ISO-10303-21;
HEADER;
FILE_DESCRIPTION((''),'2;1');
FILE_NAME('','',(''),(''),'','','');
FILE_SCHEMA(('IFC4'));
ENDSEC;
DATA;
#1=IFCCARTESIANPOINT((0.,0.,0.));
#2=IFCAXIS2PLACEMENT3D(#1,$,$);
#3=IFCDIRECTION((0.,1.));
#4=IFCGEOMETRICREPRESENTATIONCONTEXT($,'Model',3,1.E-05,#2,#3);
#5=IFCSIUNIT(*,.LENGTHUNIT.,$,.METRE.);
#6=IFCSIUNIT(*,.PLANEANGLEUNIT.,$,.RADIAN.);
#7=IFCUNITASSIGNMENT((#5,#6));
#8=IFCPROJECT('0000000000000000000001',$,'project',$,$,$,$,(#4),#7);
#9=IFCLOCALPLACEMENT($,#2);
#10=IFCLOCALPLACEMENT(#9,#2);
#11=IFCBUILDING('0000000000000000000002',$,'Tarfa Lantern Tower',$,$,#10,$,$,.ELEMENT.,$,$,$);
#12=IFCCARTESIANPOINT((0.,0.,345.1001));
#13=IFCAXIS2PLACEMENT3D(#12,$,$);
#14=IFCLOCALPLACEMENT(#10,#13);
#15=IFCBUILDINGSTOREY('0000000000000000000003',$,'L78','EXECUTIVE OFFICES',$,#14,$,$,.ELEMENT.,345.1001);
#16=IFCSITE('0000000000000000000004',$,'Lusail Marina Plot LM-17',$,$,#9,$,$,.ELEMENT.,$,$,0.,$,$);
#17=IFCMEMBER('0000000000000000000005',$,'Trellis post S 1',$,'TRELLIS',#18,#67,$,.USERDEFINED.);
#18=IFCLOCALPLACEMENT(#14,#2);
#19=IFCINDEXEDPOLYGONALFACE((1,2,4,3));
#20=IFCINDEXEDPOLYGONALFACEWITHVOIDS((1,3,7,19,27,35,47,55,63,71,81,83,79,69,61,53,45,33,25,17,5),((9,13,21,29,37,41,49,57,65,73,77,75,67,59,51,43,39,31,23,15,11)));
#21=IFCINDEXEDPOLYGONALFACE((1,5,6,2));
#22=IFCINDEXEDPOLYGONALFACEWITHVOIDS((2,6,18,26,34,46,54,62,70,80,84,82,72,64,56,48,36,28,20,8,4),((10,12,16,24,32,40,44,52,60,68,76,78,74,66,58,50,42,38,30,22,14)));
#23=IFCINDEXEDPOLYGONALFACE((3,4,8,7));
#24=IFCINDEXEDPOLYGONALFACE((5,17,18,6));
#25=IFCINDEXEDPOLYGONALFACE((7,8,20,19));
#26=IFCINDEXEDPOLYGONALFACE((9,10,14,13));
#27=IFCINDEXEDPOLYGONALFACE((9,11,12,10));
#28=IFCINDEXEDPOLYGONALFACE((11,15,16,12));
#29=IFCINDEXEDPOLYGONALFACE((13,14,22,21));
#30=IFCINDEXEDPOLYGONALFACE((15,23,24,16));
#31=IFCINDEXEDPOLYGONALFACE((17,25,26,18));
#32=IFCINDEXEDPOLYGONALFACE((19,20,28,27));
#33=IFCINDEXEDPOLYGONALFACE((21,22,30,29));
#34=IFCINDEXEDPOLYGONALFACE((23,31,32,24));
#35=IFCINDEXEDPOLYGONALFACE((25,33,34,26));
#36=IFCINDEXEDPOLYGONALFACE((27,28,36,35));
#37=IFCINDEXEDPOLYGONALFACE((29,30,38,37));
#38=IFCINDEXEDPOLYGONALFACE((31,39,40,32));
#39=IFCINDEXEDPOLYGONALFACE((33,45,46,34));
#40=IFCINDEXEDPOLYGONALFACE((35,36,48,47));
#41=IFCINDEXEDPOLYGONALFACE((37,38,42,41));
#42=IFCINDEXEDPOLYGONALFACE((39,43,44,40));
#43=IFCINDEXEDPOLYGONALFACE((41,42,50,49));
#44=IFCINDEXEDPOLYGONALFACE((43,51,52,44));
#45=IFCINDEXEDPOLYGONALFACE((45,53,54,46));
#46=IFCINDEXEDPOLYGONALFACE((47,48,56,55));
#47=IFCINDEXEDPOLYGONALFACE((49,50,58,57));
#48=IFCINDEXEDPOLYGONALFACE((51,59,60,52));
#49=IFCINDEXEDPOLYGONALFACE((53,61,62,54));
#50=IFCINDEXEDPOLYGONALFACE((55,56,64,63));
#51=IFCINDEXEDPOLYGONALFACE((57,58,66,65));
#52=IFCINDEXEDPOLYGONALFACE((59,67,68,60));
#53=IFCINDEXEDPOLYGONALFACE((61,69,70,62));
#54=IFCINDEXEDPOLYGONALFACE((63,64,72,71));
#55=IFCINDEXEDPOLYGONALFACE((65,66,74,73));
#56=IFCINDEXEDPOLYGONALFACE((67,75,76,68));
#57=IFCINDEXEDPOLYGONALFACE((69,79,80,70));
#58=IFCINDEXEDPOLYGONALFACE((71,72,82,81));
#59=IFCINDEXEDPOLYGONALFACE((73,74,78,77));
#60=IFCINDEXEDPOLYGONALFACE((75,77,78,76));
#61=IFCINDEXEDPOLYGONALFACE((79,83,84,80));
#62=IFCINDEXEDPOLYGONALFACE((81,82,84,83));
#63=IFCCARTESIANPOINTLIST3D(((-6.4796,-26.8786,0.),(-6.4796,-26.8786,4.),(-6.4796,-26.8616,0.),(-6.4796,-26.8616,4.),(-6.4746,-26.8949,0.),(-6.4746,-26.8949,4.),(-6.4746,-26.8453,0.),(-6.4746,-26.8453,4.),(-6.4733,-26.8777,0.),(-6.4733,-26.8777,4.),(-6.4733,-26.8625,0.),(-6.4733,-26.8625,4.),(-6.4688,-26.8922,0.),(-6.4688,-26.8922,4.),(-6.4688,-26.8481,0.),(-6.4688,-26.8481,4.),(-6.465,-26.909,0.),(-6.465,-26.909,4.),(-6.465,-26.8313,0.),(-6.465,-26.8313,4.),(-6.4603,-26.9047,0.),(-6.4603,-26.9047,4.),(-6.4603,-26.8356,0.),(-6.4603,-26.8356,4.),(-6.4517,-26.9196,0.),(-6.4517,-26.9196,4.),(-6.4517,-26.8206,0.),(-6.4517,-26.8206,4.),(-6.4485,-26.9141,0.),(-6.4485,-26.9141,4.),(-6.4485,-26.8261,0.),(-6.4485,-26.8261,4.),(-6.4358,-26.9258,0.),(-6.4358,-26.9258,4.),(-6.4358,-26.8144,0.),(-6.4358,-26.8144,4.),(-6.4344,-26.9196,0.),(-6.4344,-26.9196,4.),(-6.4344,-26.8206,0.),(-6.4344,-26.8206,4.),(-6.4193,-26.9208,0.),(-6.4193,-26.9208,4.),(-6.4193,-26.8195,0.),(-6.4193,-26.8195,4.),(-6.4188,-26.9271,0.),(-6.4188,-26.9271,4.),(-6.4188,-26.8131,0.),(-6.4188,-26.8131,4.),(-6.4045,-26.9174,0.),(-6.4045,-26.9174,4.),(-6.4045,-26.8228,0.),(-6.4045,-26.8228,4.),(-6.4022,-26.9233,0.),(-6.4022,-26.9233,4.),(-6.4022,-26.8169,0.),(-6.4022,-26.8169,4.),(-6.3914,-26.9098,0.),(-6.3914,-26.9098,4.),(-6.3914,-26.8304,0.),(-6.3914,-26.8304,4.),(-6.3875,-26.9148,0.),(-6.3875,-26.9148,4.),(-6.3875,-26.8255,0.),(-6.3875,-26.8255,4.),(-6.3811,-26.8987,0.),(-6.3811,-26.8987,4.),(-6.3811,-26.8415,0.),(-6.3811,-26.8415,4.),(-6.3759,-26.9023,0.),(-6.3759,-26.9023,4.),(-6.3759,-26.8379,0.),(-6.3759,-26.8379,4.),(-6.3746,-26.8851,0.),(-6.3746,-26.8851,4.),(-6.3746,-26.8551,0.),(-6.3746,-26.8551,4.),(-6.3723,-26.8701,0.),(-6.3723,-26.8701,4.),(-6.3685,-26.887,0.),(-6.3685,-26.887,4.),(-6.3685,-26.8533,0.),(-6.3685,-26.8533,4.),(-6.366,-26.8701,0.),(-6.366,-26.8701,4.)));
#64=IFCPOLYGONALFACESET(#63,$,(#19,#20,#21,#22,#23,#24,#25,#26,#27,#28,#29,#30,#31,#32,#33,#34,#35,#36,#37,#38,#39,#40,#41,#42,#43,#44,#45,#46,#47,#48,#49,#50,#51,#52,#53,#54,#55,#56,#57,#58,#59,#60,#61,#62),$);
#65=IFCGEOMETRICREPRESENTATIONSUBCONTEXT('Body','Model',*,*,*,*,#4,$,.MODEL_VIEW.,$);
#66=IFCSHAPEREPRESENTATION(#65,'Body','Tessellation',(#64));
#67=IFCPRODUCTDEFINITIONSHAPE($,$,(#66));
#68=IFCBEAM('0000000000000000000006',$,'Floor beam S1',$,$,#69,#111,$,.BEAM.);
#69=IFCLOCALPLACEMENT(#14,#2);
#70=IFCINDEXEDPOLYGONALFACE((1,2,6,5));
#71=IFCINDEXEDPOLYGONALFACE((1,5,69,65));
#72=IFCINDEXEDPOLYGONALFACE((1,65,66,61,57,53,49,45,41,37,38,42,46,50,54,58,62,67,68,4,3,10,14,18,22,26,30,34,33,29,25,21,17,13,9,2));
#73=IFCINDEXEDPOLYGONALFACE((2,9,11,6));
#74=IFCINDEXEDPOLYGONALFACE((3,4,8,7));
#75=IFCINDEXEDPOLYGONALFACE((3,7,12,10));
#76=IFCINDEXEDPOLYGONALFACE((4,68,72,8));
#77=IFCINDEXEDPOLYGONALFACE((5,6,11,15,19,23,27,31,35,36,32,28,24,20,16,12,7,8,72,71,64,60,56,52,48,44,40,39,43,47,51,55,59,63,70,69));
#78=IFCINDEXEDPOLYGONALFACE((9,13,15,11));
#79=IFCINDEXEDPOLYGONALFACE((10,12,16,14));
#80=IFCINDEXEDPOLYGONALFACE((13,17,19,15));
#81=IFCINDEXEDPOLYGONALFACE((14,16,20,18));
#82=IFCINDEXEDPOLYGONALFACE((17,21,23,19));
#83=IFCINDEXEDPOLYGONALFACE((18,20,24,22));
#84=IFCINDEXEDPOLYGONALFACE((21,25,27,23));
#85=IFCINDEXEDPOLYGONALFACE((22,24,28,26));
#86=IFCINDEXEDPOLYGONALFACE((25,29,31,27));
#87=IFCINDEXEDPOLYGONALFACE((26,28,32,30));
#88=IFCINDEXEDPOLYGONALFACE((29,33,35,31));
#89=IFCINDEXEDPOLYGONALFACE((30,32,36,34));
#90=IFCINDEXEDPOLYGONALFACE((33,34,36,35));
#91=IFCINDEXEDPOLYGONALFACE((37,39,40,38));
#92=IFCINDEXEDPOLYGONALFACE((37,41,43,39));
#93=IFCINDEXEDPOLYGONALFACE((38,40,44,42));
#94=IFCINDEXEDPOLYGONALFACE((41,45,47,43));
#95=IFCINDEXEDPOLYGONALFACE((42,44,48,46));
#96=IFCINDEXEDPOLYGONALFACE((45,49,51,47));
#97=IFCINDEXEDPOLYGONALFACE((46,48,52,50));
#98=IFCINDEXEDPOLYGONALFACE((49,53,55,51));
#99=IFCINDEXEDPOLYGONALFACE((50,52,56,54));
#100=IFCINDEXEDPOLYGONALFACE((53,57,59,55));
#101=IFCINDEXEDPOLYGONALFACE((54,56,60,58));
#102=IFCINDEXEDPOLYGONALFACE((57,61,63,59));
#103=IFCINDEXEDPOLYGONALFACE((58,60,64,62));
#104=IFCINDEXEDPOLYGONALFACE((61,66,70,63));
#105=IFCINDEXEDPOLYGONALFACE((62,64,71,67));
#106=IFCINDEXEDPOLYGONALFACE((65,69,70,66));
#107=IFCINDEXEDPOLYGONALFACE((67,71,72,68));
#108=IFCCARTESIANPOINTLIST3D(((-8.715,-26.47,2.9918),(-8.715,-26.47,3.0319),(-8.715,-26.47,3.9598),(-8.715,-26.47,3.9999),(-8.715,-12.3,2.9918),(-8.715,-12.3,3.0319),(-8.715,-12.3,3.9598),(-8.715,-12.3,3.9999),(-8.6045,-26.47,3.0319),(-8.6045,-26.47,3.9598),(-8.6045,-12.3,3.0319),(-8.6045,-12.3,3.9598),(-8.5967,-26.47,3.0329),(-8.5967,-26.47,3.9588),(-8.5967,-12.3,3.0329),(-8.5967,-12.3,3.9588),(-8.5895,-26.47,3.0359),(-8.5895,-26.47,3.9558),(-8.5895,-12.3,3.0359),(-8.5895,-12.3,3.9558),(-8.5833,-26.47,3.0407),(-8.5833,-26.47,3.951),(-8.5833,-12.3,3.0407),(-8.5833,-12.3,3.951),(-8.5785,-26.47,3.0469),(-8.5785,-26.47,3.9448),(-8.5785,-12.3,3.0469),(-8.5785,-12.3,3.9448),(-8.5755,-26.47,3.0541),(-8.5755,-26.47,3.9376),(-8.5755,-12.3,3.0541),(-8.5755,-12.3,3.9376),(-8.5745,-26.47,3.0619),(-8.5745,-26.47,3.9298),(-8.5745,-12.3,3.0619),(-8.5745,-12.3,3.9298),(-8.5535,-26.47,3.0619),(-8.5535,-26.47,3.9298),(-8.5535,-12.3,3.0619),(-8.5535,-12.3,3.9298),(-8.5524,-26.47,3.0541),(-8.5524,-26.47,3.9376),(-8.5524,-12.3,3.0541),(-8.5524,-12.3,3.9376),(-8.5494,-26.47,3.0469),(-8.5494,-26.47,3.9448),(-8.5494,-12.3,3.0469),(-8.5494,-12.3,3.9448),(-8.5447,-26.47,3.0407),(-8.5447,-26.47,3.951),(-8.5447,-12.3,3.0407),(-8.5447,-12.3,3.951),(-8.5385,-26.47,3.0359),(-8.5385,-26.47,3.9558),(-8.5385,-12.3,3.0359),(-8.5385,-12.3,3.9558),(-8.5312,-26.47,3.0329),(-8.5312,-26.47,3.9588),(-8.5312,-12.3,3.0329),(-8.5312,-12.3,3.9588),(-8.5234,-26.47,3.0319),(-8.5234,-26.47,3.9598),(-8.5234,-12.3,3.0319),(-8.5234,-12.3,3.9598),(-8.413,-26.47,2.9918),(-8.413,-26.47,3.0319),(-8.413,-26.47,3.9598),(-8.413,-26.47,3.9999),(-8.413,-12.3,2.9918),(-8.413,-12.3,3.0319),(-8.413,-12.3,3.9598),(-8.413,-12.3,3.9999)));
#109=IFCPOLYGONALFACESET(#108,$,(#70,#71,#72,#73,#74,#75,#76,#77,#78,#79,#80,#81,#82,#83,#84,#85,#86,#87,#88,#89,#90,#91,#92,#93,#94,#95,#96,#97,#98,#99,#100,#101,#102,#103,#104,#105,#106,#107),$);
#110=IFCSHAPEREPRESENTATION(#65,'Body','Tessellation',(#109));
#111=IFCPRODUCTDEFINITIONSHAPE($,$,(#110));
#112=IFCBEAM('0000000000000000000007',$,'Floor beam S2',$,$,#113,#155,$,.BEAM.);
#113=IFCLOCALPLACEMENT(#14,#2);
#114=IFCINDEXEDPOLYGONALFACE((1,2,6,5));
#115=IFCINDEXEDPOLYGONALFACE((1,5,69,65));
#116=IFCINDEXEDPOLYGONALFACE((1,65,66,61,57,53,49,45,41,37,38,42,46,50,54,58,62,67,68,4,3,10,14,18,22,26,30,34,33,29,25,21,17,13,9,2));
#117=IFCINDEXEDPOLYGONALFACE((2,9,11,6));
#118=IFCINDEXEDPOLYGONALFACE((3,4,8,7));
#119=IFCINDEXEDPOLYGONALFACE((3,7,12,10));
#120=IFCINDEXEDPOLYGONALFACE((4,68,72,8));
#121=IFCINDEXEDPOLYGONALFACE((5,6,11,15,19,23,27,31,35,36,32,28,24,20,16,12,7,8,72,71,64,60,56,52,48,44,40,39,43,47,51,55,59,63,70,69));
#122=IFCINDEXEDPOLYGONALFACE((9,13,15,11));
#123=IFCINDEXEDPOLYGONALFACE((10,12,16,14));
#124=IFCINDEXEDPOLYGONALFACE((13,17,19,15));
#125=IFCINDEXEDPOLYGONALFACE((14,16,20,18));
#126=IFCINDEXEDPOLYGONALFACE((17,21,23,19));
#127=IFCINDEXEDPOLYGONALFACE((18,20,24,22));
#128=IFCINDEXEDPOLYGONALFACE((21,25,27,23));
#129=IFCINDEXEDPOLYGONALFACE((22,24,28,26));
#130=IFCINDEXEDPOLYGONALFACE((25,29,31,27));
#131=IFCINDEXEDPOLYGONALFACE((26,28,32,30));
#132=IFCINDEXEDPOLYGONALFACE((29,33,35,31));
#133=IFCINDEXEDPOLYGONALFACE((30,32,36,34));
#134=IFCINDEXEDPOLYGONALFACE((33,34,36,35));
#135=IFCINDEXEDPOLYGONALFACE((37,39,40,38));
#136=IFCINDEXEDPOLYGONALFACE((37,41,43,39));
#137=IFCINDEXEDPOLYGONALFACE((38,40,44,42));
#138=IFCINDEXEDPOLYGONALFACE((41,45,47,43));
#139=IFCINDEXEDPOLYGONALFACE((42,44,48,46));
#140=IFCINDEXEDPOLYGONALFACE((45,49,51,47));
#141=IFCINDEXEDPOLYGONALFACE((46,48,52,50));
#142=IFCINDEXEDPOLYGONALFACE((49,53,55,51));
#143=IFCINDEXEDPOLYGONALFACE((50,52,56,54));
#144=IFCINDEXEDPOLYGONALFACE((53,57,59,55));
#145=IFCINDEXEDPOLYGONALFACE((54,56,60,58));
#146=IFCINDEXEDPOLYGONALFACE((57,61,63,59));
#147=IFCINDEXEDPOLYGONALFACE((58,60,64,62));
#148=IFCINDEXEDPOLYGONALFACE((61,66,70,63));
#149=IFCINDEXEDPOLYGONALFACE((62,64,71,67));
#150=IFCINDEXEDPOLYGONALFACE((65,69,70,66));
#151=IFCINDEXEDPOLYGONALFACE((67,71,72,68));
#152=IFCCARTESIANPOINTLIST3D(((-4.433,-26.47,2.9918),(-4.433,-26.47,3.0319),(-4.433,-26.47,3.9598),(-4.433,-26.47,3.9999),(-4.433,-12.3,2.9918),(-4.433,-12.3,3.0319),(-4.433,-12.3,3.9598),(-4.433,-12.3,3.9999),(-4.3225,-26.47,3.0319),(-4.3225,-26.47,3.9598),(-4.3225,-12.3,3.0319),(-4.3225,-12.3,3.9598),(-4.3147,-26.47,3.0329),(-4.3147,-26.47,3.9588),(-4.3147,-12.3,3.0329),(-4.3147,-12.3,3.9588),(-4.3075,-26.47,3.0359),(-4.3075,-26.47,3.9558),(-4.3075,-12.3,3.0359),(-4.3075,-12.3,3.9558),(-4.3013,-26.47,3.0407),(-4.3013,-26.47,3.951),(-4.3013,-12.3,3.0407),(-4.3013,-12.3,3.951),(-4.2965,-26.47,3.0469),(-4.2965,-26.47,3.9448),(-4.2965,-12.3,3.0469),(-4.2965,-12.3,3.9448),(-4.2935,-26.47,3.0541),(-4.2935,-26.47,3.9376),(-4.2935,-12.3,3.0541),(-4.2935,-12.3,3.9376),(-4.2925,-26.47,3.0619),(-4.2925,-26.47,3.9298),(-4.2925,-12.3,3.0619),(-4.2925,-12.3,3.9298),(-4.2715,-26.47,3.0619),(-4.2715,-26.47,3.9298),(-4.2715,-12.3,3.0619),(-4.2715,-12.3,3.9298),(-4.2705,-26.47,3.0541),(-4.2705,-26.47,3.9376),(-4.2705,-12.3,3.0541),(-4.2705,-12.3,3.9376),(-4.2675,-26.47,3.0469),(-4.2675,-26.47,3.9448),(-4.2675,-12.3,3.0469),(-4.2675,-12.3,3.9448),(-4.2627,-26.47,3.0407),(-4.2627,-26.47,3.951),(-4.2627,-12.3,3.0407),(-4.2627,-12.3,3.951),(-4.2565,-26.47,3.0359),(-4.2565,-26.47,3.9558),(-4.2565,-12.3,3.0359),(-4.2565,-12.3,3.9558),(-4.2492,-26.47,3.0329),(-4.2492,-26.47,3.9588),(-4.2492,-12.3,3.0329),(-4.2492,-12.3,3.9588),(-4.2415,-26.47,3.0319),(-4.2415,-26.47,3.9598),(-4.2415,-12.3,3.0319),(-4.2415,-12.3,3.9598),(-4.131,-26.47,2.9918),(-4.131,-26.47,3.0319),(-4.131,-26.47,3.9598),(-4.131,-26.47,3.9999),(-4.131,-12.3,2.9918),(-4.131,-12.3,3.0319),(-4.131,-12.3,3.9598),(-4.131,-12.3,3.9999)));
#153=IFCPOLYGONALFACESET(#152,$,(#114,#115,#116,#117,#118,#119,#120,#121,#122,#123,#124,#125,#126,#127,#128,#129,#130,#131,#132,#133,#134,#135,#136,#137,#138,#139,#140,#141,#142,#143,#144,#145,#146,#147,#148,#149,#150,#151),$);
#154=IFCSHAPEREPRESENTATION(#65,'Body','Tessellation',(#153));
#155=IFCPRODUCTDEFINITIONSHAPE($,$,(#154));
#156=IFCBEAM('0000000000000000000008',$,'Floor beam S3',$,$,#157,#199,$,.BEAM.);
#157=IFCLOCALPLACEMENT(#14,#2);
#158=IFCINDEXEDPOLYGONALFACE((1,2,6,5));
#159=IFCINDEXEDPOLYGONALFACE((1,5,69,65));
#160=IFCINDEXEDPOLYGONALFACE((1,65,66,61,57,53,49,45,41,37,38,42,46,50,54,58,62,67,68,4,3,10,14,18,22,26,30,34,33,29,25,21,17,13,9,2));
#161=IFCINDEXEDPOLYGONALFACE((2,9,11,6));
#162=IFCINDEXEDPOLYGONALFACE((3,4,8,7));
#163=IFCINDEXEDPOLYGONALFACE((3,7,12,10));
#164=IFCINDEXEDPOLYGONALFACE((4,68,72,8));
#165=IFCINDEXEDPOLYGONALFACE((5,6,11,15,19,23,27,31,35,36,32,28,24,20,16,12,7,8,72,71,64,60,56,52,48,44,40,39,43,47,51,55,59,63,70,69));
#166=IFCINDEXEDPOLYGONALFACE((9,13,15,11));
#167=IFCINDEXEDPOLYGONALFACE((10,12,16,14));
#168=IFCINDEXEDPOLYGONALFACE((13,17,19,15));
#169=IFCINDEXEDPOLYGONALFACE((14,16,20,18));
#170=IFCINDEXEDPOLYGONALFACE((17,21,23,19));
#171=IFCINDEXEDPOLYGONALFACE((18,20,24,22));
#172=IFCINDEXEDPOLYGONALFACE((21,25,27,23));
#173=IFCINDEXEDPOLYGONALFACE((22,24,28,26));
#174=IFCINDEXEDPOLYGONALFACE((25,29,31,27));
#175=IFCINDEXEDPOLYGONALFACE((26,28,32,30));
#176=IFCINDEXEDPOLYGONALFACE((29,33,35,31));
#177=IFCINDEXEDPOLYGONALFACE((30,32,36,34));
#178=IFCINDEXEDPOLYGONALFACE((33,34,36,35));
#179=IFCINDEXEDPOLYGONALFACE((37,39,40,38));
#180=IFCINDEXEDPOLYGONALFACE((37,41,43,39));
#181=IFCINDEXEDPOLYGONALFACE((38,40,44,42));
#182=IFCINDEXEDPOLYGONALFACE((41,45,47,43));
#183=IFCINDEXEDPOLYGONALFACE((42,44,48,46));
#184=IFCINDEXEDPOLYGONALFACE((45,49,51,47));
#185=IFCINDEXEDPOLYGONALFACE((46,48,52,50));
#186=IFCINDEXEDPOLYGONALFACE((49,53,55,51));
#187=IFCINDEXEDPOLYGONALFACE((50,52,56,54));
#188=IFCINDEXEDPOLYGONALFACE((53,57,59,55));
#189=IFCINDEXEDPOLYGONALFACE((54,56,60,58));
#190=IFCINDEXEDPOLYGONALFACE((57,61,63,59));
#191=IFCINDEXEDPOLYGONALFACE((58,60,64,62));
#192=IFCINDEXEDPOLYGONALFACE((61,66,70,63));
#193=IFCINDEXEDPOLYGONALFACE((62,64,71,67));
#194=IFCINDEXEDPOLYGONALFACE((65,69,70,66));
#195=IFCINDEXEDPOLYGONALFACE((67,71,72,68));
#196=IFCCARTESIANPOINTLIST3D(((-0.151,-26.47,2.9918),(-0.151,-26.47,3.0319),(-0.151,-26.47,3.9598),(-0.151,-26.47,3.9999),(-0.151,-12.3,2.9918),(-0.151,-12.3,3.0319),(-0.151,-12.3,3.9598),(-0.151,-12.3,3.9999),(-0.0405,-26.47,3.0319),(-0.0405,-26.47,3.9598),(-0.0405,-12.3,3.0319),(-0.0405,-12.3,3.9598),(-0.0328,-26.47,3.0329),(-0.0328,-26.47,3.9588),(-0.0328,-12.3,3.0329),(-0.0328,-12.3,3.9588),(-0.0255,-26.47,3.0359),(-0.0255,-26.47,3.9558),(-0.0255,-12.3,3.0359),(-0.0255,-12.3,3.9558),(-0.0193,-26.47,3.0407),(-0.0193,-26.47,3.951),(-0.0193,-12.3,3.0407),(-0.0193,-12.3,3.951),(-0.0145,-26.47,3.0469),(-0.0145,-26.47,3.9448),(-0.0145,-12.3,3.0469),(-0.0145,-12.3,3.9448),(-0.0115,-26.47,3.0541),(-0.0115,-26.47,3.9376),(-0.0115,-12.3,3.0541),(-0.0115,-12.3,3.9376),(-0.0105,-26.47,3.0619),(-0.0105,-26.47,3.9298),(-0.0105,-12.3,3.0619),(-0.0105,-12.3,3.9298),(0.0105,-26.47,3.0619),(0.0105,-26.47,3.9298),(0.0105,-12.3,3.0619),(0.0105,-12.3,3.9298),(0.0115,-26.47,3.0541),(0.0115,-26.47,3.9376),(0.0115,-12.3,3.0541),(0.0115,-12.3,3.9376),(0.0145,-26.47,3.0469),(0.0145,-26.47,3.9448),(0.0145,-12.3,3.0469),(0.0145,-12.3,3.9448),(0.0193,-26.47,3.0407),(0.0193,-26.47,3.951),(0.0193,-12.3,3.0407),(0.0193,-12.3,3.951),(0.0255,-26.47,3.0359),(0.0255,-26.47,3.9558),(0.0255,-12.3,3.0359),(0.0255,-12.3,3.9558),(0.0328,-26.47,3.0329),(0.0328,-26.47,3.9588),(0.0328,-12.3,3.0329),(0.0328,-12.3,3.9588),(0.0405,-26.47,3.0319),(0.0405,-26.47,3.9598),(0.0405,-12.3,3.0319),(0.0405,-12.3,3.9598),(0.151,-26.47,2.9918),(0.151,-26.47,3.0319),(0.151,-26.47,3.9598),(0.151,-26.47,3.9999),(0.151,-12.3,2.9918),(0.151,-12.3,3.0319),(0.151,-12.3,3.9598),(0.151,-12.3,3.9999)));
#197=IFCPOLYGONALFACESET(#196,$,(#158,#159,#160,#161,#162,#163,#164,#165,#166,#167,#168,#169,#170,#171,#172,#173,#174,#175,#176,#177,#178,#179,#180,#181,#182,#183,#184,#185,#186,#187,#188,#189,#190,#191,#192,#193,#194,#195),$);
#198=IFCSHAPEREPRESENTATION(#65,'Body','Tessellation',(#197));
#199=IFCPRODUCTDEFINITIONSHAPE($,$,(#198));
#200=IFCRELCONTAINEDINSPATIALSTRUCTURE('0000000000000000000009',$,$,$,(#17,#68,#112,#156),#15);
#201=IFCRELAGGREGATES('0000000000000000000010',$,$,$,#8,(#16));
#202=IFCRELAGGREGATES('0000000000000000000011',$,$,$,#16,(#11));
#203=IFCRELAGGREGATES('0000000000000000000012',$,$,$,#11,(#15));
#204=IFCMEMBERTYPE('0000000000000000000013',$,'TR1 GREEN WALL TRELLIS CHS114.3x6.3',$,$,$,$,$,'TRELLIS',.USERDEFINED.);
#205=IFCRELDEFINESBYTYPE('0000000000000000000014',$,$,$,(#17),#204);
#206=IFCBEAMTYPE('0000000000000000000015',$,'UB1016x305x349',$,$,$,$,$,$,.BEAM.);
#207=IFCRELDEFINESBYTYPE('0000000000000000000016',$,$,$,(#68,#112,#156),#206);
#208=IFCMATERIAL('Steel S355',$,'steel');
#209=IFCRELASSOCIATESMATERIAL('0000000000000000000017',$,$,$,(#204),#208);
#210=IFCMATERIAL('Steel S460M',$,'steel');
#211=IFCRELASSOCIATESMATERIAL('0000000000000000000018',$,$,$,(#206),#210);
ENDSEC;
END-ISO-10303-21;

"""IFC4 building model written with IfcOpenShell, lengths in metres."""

from ifc_helpers import new_model, si_unit, direction, frame, origin, origin_2d, place, context, subcontext, project, spatial, hollow_circle, i_section, extrude, material, material_profile, profile_set, type_object, element, save


model = new_model("IFC4")

# Units and contexts
model_context = context("Model", 3, precision=1e-05, world=origin(), true_north=direction((0.0, 1.0)))
body_context = subcontext(model_context, "Body", "Model", "MODEL_VIEW")
ifc_project = project(units=[si_unit("LENGTHUNIT", "METRE"), si_unit("PLANEANGLEUNIT", "RADIAN")], contexts=[model_context])

# Site, building, storey
site_placement = place(None, origin())
site = spatial("IfcSite", under=ifc_project, at=site_placement, Name="Lusail Marina Plot LM-17", CompositionType="ELEMENT", RefElevation=0.0)
building_placement = place(site_placement, origin())
building = spatial("IfcBuilding", under=site, at=building_placement, Name="Tarfa Lantern Tower", CompositionType="ELEMENT")
storey_placement = place(building_placement, frame((0.0, 0.0, 345.1001)))
storey = spatial("IfcBuildingStorey", under=building, at=storey_placement, Name="L78", Description="EXECUTIVE OFFICES", CompositionType="ELEMENT", Elevation=345.1001)

# Member
ifc_material_1 = material(Name="Steel S355", Category="steel")
ifc_material_profile_1 = material_profile(ifc_material_1, hollow_circle(Radius=0.0571, WallThickness=0.0063, at=origin_2d()), Name="CHS114.3x6.3")
ifc_profile_set_1 = profile_set([ifc_material_profile_1], Name="Steel S355")
member_type_1 = type_object("IfcMemberType", Name="TR1 GREEN WALL TRELLIS CHS114.3x6.3", ElementType="TRELLIS", PredefinedType="USERDEFINED", material=ifc_profile_set_1)
member_1_placement = place(storey_placement, frame((-6.4231, -26.8701, 0.0), z_axis=(0.0, 0.0, 1.0), x_axis=(1.0, 0.0, 0.0)))
element("IfcMember", 1, at=member_1_placement, inside=storey, type_object=member_type_1, Name="Trellis post S 1", ObjectType="TRELLIS", PredefinedType="USERDEFINED", context=body_context, shape_type="SweptSolid", body=[
    extrude(hollow_circle(Radius=0.0571, WallThickness=0.0063, at=origin_2d()), origin(), (0.0, 0.0, 1.0), 4.0),
])

# Beams
ifc_material_2 = material(Name="Steel S460M", Category="steel")
ifc_material_profile_2 = material_profile(ifc_material_2, i_section(OverallWidth=0.302, OverallDepth=1.0081, WebThickness=0.021, FlangeThickness=0.04, FilletRadius=0.03, at=origin_2d()), Name="UB1016x305x349")
ifc_profile_set_2 = profile_set([ifc_material_profile_2], Name="Steel S460M")
beam_type_1 = type_object("IfcBeamType", Name="UB1016x305x349", PredefinedType="BEAM", material=ifc_profile_set_2)
for number, where, z_axis, x_axis, name in (
    (2, (-8.564, -26.47, 3.4958), (0.0, 1.0, 0.0), (-1.0, 0.0, 0.0), "Floor beam S1"),
    (3, (-4.282, -26.47, 3.4958), (0.0, 1.0, 0.0), (-1.0, 0.0, 0.0), "Floor beam S2"),
    (4, (0.0, -26.47, 3.4958), (0.0, 1.0, 0.0), (-1.0, 0.0, 0.0), "Floor beam S3"),
):
    element("IfcBeam", number, at=place(storey_placement, frame(where, z_axis=z_axis, x_axis=x_axis)), inside=storey, type_object=beam_type_1, Name=name, PredefinedType="BEAM", context=body_context, shape_type="SweptSolid", body=[
        extrude(i_section(OverallWidth=0.302, OverallDepth=1.0081, WebThickness=0.021, FlangeThickness=0.04, FilletRadius=0.03, at=origin_2d()), origin(), (0.0, 0.0, 1.0), 14.1699),
    ])

save(model, "model.ifc")
